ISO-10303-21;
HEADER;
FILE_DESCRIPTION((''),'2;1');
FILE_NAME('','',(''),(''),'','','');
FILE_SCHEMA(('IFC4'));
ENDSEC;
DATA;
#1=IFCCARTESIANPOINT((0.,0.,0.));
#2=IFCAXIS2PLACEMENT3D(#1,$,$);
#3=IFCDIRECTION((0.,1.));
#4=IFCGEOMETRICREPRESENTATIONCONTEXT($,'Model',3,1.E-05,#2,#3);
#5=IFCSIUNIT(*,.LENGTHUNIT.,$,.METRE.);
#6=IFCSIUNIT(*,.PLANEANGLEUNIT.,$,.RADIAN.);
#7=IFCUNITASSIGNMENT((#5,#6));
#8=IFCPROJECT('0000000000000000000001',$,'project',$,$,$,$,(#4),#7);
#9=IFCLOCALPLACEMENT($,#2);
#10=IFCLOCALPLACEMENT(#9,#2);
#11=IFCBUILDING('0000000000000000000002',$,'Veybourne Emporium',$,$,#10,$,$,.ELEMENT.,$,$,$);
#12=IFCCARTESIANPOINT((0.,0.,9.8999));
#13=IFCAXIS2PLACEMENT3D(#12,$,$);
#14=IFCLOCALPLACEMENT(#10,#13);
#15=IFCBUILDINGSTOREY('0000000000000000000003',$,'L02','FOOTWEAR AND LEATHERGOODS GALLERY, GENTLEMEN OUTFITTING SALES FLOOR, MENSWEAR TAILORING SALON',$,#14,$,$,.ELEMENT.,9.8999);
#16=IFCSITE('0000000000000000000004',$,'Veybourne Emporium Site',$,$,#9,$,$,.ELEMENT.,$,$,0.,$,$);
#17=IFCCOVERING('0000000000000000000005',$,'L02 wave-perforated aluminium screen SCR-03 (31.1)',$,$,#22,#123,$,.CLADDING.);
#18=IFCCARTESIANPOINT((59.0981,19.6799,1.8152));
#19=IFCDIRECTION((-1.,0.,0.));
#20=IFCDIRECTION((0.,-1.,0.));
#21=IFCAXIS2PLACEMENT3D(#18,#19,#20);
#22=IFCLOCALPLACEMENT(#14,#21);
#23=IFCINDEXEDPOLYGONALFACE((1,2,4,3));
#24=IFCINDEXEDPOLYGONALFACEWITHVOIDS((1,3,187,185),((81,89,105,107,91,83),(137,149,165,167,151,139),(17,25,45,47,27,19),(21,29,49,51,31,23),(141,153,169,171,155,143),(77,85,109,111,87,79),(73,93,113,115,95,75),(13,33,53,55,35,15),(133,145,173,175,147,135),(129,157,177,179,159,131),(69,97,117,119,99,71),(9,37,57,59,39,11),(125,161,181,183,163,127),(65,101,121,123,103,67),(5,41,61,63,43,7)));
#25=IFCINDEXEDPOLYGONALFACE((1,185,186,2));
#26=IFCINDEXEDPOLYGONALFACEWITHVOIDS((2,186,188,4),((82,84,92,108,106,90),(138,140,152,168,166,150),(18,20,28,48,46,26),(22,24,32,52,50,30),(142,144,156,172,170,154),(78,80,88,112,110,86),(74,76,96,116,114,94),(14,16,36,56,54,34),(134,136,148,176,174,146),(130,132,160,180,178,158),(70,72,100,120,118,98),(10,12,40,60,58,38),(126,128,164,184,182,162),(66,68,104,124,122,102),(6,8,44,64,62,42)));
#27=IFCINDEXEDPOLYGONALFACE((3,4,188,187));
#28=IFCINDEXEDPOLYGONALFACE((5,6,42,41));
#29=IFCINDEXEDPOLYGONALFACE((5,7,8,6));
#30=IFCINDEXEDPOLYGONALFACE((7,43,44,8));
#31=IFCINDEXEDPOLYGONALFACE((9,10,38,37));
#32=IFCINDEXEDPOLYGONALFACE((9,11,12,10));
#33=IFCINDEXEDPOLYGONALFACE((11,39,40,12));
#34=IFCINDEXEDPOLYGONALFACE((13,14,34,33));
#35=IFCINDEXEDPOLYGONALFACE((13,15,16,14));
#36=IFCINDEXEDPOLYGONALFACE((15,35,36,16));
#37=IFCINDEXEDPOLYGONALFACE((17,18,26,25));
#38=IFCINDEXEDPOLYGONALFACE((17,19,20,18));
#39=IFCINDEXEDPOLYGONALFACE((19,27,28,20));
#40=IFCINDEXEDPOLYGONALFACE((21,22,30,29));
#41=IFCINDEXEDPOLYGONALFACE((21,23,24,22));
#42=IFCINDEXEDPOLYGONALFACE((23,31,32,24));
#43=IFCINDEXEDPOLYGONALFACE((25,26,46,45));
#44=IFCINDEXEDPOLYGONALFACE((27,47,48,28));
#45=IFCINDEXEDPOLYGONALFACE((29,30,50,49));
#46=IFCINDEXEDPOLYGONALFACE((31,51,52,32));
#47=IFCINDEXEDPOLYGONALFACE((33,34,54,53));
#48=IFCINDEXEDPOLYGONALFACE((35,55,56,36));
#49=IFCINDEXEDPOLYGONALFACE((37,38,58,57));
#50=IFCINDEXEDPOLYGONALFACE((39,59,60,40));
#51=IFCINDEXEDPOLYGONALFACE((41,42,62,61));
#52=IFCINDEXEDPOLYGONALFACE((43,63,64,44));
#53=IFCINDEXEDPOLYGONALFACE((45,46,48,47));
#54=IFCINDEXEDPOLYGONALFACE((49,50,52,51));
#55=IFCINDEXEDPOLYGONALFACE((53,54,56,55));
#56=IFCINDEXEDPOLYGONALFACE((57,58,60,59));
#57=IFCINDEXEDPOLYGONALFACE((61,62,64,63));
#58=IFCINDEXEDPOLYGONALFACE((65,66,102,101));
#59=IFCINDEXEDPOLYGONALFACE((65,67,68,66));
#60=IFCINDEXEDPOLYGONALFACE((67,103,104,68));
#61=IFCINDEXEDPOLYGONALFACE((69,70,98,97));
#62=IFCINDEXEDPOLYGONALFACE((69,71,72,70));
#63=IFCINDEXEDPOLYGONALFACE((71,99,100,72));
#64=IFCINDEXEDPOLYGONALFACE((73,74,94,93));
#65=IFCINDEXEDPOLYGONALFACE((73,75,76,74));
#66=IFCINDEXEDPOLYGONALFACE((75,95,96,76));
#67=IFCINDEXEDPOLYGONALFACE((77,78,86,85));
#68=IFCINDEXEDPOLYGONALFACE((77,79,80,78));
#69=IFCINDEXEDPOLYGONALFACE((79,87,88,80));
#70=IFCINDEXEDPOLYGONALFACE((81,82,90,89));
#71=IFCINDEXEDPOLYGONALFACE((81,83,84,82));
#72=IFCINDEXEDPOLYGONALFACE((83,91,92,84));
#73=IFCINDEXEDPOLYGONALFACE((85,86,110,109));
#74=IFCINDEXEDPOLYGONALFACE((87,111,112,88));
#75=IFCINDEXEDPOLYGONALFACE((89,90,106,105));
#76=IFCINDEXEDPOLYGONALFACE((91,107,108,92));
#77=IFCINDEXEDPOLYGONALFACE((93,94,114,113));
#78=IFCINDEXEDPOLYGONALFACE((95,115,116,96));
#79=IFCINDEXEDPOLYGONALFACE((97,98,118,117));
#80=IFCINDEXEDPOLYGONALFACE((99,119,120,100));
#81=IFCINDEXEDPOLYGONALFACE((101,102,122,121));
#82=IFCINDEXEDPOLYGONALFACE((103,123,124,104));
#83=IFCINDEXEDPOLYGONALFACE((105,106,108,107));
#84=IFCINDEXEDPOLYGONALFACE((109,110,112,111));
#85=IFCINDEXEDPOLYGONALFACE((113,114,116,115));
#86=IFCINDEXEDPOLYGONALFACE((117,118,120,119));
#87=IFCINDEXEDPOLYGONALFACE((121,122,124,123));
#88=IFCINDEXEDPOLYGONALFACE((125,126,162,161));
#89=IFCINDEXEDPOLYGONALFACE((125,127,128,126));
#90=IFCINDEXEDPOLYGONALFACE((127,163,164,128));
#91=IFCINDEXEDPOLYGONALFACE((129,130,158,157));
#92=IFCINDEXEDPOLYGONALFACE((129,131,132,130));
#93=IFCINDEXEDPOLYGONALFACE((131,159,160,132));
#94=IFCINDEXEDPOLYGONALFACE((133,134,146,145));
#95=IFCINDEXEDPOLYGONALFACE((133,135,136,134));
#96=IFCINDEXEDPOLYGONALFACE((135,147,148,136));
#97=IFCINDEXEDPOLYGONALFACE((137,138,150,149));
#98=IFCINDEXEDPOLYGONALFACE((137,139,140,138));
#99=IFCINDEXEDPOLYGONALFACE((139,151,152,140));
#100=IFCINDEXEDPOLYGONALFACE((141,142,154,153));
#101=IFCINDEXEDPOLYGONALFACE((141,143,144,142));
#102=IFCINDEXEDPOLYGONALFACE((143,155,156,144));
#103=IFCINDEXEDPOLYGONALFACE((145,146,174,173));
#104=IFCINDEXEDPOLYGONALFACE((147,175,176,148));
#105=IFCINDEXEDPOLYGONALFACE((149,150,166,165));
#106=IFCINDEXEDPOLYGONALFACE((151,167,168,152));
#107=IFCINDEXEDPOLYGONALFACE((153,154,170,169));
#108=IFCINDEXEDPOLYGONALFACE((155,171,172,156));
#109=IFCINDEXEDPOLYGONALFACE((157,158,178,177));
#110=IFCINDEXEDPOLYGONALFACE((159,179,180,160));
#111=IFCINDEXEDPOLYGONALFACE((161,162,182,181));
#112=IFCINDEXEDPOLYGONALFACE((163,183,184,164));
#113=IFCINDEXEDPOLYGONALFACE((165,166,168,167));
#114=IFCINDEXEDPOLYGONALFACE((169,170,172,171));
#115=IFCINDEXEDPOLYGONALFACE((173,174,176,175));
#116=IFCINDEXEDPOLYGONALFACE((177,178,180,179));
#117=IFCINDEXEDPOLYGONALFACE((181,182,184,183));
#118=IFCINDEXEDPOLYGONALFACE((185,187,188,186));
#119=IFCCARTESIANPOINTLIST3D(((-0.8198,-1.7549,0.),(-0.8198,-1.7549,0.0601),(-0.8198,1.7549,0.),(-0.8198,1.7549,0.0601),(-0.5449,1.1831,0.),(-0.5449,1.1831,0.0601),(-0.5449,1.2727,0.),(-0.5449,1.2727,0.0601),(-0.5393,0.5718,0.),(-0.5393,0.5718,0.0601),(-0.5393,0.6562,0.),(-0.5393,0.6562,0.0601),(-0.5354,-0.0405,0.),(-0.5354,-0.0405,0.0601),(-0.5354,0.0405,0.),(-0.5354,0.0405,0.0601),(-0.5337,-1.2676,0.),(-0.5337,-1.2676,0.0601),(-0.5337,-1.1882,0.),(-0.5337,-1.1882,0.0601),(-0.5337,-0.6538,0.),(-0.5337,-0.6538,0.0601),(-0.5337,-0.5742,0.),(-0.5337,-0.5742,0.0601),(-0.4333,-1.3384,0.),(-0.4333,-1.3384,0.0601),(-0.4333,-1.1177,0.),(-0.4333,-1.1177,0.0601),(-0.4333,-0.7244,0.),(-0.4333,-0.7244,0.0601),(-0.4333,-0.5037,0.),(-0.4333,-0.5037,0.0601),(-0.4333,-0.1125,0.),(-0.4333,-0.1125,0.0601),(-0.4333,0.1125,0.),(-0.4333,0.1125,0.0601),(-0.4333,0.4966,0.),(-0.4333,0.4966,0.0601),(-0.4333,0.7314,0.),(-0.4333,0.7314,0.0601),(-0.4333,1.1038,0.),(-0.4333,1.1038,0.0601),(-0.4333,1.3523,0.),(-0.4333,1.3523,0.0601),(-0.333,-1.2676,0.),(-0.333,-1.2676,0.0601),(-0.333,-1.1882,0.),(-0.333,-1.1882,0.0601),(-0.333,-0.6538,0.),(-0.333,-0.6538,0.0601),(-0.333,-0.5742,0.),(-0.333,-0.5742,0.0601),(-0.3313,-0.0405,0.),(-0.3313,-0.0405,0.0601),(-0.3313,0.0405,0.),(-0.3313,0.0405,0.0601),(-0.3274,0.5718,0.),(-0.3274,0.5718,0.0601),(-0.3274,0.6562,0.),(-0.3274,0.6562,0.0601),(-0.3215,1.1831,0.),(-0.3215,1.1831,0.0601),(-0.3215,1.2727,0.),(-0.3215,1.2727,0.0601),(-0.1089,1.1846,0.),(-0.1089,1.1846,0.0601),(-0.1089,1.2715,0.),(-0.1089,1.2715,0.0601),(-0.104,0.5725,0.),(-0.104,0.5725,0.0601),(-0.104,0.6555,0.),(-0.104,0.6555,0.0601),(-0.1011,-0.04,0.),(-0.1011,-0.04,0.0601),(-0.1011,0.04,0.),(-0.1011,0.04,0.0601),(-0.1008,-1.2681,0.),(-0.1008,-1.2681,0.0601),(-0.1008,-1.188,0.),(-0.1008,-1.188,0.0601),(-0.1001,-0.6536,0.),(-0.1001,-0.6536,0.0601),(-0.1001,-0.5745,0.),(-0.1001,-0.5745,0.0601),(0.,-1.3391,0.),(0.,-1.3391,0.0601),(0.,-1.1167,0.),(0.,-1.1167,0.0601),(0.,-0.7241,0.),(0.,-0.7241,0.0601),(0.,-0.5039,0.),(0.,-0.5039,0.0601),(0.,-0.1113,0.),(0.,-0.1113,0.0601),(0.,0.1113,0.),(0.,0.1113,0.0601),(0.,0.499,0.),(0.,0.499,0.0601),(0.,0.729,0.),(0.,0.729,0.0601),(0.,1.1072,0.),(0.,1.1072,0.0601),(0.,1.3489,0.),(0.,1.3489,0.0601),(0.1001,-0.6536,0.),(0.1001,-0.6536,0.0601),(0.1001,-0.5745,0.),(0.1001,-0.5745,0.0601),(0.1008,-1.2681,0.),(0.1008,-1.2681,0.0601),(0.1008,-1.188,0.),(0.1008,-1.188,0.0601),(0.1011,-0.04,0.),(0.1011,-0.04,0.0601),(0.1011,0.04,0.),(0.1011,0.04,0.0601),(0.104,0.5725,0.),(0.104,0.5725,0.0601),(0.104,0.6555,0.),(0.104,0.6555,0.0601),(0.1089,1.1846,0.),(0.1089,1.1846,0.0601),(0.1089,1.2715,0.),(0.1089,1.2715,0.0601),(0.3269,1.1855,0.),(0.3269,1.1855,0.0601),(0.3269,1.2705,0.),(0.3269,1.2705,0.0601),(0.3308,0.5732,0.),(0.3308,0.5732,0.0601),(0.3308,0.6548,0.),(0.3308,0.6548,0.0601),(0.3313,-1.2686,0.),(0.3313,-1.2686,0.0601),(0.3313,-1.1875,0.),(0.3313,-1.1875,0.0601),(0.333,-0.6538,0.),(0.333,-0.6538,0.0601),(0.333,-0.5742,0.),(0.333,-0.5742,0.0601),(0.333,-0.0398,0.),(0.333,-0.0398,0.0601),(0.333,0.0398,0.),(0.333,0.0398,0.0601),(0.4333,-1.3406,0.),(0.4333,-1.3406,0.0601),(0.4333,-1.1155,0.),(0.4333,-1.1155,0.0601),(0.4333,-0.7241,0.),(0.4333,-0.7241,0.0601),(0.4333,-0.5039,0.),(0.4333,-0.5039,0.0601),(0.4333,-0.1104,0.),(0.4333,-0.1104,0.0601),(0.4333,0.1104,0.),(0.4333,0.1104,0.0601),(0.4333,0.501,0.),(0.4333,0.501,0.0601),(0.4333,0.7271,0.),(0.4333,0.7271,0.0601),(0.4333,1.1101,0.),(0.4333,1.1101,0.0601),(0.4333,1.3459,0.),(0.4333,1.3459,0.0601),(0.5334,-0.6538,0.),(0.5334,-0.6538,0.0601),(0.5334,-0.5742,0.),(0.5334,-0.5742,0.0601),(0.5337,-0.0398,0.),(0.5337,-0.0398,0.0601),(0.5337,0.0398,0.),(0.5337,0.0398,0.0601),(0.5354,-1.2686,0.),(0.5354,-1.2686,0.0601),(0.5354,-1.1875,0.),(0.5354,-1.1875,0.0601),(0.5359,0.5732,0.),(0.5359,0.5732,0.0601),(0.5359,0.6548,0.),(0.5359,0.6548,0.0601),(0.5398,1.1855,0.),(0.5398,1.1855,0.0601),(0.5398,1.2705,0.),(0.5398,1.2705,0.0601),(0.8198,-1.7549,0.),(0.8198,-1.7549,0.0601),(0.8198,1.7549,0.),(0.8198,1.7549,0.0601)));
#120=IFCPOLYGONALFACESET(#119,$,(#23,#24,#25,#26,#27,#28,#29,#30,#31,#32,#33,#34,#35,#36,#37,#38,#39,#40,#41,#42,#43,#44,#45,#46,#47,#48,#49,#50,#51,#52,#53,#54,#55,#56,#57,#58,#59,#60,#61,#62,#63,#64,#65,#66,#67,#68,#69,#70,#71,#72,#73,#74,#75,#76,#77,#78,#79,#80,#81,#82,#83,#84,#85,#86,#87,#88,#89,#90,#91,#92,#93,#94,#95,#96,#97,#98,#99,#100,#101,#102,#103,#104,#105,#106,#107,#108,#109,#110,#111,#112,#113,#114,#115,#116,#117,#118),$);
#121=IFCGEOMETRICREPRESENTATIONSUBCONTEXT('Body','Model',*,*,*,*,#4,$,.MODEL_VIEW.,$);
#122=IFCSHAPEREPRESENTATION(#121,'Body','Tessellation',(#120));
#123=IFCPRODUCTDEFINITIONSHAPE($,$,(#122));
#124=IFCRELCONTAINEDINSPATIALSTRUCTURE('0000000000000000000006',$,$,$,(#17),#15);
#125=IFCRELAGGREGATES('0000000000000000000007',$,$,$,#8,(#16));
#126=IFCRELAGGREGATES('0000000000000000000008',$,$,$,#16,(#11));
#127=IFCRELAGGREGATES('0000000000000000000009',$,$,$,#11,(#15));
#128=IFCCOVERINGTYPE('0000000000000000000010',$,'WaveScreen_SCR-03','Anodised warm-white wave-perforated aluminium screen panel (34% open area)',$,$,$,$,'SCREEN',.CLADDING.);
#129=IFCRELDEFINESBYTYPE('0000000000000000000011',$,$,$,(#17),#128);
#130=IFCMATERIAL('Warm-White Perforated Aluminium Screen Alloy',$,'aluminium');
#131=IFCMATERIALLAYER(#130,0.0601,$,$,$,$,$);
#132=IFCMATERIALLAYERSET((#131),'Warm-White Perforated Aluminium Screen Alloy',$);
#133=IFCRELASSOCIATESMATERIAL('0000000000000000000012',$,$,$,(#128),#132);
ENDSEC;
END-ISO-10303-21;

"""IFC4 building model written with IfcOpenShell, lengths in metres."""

from ifc_helpers import new_model, si_unit, direction, frame, origin, place, context, subcontext, project, spatial, polyline, outline, extrude, material, layer, layer_set, type_object, element, save


model = new_model("IFC4")

# Units and contexts
model_context = context("Model", 3, precision=1e-05, world=origin(), true_north=direction((0.0, 1.0)))
body_context = subcontext(model_context, "Body", "Model", "MODEL_VIEW")
ifc_project = project(units=[si_unit("LENGTHUNIT", "METRE"), si_unit("PLANEANGLEUNIT", "RADIAN")], contexts=[model_context])

# Site, building, storey
site_placement = place(None, origin())
site = spatial("IfcSite", under=ifc_project, at=site_placement, Name="Veybourne Emporium Site", CompositionType="ELEMENT", RefElevation=0.0)
building_placement = place(site_placement, origin())
building = spatial("IfcBuilding", under=site, at=building_placement, Name="Veybourne Emporium", CompositionType="ELEMENT")
storey_placement = place(building_placement, frame((0.0, 0.0, 9.8999)))
storey = spatial("IfcBuildingStorey", under=building, at=storey_placement, Name="L02", Description="FOOTWEAR AND LEATHERGOODS GALLERY, GENTLEMEN OUTFITTING SALES FLOOR, MENSWEAR TAILORING SALON", CompositionType="ELEMENT", Elevation=9.8999)

# Covering
ifc_material_1 = material(Name="Warm-White Perforated Aluminium Screen Alloy", Category="aluminium")
ifc_layer_1 = layer(ifc_material_1, 0.0601)
ifc_layer_set_1 = layer_set([ifc_layer_1], Name="Warm-White Perforated Aluminium Screen Alloy")
covering_type_1 = type_object("IfcCoveringType", Name="WaveScreen_SCR-03", Description="Anodised warm-white wave-perforated aluminium screen panel (34% open area)", ElementType="SCREEN", PredefinedType="CLADDING", material=ifc_layer_set_1)
covering_1_placement = place(storey_placement, frame((59.0981, 19.6799, 1.8152), z_axis=(-1.0, 0.0, 0.0), x_axis=(0.0, -1.0, 0.0)))
element("IfcCovering", 1, at=covering_1_placement, inside=storey, type_object=covering_type_1, Name="L02 wave-perforated aluminium screen SCR-03 (31.1)", PredefinedType="CLADDING", context=body_context, shape_type="SweptSolid", body=[
    extrude(outline(polyline([(-0.8198, -1.7549), (0.8198, -1.7549), (0.8198, 1.7549), (-0.8198, 1.7549), (-0.8198, -1.7549)]), holes=[polyline([(-0.4333, -1.1177), (-0.333, -1.1882), (-0.333, -1.2676), (-0.4333, -1.3384), (-0.5337, -1.2676), (-0.5337, -1.1882), (-0.4333, -1.1177)]), polyline([(-0.4333, -0.5037), (-0.333, -0.5742), (-0.333, -0.6538), (-0.4333, -0.7244), (-0.5337, -0.6538), (-0.5337, -0.5742), (-0.4333, -0.5037)]), polyline([(-0.4333, 0.1125), (-0.3313, 0.0405), (-0.3313, -0.0405), (-0.4333, -0.1125), (-0.5354, -0.0405), (-0.5354, 0.0405), (-0.4333, 0.1125)]), polyline([(-0.4333, 0.7314), (-0.3274, 0.6562), (-0.3274, 0.5718), (-0.4333, 0.4966), (-0.5393, 0.5718), (-0.5393, 0.6562), (-0.4333, 0.7314)]), polyline([(-0.4333, 1.3523), (-0.3215, 1.2727), (-0.3215, 1.1831), (-0.4333, 1.1038), (-0.5449, 1.1831), (-0.5449, 1.2727), (-0.4333, 1.3523)]), polyline([(0.0, -1.1167), (0.1008, -1.188), (0.1008, -1.2681), (0.0, -1.3391), (-0.1008, -1.2681), (-0.1008, -1.188), (0.0, -1.1167)]), polyline([(0.0, -0.5039), (0.1001, -0.5745), (0.1001, -0.6536), (0.0, -0.7241), (-0.1001, -0.6536), (-0.1001, -0.5745), (0.0, -0.5039)]), polyline([(0.0, 0.1113), (0.1011, 0.04), (0.1011, -0.04), (0.0, -0.1113), (-0.1011, -0.04), (-0.1011, 0.04), (0.0, 0.1113)]), polyline([(0.0, 0.729), (0.104, 0.6555), (0.104, 0.5725), (0.0, 0.499), (-0.104, 0.5725), (-0.104, 0.6555), (0.0, 0.729)]), polyline([(0.0, 1.3489), (0.1089, 1.2715), (0.1089, 1.1846), (0.0, 1.1072), (-0.1089, 1.1846), (-0.1089, 1.2715), (0.0, 1.3489)]), polyline([(0.4333, -1.1155), (0.5354, -1.1875), (0.5354, -1.2686), (0.4333, -1.3406), (0.3313, -1.2686), (0.3313, -1.1875), (0.4333, -1.1155)]), polyline([(0.4333, -0.5039), (0.5334, -0.5742), (0.5334, -0.6538), (0.4333, -0.7241), (0.333, -0.6538), (0.333, -0.5742), (0.4333, -0.5039)]), polyline([(0.4333, 0.1104), (0.5337, 0.0398), (0.5337, -0.0398), (0.4333, -0.1104), (0.333, -0.0398), (0.333, 0.0398), (0.4333, 0.1104)]), polyline([(0.4333, 0.7271), (0.5359, 0.6548), (0.5359, 0.5732), (0.4333, 0.501), (0.3308, 0.5732), (0.3308, 0.6548), (0.4333, 0.7271)]), polyline([(0.4333, 1.3459), (0.5398, 1.2705), (0.5398, 1.1855), (0.4333, 1.1101), (0.3269, 1.1855), (0.3269, 1.2705), (0.4333, 1.3459)])]), origin(), (0.0, 0.0, 1.0), 0.0601),
])

save(model, "model.ifc")
